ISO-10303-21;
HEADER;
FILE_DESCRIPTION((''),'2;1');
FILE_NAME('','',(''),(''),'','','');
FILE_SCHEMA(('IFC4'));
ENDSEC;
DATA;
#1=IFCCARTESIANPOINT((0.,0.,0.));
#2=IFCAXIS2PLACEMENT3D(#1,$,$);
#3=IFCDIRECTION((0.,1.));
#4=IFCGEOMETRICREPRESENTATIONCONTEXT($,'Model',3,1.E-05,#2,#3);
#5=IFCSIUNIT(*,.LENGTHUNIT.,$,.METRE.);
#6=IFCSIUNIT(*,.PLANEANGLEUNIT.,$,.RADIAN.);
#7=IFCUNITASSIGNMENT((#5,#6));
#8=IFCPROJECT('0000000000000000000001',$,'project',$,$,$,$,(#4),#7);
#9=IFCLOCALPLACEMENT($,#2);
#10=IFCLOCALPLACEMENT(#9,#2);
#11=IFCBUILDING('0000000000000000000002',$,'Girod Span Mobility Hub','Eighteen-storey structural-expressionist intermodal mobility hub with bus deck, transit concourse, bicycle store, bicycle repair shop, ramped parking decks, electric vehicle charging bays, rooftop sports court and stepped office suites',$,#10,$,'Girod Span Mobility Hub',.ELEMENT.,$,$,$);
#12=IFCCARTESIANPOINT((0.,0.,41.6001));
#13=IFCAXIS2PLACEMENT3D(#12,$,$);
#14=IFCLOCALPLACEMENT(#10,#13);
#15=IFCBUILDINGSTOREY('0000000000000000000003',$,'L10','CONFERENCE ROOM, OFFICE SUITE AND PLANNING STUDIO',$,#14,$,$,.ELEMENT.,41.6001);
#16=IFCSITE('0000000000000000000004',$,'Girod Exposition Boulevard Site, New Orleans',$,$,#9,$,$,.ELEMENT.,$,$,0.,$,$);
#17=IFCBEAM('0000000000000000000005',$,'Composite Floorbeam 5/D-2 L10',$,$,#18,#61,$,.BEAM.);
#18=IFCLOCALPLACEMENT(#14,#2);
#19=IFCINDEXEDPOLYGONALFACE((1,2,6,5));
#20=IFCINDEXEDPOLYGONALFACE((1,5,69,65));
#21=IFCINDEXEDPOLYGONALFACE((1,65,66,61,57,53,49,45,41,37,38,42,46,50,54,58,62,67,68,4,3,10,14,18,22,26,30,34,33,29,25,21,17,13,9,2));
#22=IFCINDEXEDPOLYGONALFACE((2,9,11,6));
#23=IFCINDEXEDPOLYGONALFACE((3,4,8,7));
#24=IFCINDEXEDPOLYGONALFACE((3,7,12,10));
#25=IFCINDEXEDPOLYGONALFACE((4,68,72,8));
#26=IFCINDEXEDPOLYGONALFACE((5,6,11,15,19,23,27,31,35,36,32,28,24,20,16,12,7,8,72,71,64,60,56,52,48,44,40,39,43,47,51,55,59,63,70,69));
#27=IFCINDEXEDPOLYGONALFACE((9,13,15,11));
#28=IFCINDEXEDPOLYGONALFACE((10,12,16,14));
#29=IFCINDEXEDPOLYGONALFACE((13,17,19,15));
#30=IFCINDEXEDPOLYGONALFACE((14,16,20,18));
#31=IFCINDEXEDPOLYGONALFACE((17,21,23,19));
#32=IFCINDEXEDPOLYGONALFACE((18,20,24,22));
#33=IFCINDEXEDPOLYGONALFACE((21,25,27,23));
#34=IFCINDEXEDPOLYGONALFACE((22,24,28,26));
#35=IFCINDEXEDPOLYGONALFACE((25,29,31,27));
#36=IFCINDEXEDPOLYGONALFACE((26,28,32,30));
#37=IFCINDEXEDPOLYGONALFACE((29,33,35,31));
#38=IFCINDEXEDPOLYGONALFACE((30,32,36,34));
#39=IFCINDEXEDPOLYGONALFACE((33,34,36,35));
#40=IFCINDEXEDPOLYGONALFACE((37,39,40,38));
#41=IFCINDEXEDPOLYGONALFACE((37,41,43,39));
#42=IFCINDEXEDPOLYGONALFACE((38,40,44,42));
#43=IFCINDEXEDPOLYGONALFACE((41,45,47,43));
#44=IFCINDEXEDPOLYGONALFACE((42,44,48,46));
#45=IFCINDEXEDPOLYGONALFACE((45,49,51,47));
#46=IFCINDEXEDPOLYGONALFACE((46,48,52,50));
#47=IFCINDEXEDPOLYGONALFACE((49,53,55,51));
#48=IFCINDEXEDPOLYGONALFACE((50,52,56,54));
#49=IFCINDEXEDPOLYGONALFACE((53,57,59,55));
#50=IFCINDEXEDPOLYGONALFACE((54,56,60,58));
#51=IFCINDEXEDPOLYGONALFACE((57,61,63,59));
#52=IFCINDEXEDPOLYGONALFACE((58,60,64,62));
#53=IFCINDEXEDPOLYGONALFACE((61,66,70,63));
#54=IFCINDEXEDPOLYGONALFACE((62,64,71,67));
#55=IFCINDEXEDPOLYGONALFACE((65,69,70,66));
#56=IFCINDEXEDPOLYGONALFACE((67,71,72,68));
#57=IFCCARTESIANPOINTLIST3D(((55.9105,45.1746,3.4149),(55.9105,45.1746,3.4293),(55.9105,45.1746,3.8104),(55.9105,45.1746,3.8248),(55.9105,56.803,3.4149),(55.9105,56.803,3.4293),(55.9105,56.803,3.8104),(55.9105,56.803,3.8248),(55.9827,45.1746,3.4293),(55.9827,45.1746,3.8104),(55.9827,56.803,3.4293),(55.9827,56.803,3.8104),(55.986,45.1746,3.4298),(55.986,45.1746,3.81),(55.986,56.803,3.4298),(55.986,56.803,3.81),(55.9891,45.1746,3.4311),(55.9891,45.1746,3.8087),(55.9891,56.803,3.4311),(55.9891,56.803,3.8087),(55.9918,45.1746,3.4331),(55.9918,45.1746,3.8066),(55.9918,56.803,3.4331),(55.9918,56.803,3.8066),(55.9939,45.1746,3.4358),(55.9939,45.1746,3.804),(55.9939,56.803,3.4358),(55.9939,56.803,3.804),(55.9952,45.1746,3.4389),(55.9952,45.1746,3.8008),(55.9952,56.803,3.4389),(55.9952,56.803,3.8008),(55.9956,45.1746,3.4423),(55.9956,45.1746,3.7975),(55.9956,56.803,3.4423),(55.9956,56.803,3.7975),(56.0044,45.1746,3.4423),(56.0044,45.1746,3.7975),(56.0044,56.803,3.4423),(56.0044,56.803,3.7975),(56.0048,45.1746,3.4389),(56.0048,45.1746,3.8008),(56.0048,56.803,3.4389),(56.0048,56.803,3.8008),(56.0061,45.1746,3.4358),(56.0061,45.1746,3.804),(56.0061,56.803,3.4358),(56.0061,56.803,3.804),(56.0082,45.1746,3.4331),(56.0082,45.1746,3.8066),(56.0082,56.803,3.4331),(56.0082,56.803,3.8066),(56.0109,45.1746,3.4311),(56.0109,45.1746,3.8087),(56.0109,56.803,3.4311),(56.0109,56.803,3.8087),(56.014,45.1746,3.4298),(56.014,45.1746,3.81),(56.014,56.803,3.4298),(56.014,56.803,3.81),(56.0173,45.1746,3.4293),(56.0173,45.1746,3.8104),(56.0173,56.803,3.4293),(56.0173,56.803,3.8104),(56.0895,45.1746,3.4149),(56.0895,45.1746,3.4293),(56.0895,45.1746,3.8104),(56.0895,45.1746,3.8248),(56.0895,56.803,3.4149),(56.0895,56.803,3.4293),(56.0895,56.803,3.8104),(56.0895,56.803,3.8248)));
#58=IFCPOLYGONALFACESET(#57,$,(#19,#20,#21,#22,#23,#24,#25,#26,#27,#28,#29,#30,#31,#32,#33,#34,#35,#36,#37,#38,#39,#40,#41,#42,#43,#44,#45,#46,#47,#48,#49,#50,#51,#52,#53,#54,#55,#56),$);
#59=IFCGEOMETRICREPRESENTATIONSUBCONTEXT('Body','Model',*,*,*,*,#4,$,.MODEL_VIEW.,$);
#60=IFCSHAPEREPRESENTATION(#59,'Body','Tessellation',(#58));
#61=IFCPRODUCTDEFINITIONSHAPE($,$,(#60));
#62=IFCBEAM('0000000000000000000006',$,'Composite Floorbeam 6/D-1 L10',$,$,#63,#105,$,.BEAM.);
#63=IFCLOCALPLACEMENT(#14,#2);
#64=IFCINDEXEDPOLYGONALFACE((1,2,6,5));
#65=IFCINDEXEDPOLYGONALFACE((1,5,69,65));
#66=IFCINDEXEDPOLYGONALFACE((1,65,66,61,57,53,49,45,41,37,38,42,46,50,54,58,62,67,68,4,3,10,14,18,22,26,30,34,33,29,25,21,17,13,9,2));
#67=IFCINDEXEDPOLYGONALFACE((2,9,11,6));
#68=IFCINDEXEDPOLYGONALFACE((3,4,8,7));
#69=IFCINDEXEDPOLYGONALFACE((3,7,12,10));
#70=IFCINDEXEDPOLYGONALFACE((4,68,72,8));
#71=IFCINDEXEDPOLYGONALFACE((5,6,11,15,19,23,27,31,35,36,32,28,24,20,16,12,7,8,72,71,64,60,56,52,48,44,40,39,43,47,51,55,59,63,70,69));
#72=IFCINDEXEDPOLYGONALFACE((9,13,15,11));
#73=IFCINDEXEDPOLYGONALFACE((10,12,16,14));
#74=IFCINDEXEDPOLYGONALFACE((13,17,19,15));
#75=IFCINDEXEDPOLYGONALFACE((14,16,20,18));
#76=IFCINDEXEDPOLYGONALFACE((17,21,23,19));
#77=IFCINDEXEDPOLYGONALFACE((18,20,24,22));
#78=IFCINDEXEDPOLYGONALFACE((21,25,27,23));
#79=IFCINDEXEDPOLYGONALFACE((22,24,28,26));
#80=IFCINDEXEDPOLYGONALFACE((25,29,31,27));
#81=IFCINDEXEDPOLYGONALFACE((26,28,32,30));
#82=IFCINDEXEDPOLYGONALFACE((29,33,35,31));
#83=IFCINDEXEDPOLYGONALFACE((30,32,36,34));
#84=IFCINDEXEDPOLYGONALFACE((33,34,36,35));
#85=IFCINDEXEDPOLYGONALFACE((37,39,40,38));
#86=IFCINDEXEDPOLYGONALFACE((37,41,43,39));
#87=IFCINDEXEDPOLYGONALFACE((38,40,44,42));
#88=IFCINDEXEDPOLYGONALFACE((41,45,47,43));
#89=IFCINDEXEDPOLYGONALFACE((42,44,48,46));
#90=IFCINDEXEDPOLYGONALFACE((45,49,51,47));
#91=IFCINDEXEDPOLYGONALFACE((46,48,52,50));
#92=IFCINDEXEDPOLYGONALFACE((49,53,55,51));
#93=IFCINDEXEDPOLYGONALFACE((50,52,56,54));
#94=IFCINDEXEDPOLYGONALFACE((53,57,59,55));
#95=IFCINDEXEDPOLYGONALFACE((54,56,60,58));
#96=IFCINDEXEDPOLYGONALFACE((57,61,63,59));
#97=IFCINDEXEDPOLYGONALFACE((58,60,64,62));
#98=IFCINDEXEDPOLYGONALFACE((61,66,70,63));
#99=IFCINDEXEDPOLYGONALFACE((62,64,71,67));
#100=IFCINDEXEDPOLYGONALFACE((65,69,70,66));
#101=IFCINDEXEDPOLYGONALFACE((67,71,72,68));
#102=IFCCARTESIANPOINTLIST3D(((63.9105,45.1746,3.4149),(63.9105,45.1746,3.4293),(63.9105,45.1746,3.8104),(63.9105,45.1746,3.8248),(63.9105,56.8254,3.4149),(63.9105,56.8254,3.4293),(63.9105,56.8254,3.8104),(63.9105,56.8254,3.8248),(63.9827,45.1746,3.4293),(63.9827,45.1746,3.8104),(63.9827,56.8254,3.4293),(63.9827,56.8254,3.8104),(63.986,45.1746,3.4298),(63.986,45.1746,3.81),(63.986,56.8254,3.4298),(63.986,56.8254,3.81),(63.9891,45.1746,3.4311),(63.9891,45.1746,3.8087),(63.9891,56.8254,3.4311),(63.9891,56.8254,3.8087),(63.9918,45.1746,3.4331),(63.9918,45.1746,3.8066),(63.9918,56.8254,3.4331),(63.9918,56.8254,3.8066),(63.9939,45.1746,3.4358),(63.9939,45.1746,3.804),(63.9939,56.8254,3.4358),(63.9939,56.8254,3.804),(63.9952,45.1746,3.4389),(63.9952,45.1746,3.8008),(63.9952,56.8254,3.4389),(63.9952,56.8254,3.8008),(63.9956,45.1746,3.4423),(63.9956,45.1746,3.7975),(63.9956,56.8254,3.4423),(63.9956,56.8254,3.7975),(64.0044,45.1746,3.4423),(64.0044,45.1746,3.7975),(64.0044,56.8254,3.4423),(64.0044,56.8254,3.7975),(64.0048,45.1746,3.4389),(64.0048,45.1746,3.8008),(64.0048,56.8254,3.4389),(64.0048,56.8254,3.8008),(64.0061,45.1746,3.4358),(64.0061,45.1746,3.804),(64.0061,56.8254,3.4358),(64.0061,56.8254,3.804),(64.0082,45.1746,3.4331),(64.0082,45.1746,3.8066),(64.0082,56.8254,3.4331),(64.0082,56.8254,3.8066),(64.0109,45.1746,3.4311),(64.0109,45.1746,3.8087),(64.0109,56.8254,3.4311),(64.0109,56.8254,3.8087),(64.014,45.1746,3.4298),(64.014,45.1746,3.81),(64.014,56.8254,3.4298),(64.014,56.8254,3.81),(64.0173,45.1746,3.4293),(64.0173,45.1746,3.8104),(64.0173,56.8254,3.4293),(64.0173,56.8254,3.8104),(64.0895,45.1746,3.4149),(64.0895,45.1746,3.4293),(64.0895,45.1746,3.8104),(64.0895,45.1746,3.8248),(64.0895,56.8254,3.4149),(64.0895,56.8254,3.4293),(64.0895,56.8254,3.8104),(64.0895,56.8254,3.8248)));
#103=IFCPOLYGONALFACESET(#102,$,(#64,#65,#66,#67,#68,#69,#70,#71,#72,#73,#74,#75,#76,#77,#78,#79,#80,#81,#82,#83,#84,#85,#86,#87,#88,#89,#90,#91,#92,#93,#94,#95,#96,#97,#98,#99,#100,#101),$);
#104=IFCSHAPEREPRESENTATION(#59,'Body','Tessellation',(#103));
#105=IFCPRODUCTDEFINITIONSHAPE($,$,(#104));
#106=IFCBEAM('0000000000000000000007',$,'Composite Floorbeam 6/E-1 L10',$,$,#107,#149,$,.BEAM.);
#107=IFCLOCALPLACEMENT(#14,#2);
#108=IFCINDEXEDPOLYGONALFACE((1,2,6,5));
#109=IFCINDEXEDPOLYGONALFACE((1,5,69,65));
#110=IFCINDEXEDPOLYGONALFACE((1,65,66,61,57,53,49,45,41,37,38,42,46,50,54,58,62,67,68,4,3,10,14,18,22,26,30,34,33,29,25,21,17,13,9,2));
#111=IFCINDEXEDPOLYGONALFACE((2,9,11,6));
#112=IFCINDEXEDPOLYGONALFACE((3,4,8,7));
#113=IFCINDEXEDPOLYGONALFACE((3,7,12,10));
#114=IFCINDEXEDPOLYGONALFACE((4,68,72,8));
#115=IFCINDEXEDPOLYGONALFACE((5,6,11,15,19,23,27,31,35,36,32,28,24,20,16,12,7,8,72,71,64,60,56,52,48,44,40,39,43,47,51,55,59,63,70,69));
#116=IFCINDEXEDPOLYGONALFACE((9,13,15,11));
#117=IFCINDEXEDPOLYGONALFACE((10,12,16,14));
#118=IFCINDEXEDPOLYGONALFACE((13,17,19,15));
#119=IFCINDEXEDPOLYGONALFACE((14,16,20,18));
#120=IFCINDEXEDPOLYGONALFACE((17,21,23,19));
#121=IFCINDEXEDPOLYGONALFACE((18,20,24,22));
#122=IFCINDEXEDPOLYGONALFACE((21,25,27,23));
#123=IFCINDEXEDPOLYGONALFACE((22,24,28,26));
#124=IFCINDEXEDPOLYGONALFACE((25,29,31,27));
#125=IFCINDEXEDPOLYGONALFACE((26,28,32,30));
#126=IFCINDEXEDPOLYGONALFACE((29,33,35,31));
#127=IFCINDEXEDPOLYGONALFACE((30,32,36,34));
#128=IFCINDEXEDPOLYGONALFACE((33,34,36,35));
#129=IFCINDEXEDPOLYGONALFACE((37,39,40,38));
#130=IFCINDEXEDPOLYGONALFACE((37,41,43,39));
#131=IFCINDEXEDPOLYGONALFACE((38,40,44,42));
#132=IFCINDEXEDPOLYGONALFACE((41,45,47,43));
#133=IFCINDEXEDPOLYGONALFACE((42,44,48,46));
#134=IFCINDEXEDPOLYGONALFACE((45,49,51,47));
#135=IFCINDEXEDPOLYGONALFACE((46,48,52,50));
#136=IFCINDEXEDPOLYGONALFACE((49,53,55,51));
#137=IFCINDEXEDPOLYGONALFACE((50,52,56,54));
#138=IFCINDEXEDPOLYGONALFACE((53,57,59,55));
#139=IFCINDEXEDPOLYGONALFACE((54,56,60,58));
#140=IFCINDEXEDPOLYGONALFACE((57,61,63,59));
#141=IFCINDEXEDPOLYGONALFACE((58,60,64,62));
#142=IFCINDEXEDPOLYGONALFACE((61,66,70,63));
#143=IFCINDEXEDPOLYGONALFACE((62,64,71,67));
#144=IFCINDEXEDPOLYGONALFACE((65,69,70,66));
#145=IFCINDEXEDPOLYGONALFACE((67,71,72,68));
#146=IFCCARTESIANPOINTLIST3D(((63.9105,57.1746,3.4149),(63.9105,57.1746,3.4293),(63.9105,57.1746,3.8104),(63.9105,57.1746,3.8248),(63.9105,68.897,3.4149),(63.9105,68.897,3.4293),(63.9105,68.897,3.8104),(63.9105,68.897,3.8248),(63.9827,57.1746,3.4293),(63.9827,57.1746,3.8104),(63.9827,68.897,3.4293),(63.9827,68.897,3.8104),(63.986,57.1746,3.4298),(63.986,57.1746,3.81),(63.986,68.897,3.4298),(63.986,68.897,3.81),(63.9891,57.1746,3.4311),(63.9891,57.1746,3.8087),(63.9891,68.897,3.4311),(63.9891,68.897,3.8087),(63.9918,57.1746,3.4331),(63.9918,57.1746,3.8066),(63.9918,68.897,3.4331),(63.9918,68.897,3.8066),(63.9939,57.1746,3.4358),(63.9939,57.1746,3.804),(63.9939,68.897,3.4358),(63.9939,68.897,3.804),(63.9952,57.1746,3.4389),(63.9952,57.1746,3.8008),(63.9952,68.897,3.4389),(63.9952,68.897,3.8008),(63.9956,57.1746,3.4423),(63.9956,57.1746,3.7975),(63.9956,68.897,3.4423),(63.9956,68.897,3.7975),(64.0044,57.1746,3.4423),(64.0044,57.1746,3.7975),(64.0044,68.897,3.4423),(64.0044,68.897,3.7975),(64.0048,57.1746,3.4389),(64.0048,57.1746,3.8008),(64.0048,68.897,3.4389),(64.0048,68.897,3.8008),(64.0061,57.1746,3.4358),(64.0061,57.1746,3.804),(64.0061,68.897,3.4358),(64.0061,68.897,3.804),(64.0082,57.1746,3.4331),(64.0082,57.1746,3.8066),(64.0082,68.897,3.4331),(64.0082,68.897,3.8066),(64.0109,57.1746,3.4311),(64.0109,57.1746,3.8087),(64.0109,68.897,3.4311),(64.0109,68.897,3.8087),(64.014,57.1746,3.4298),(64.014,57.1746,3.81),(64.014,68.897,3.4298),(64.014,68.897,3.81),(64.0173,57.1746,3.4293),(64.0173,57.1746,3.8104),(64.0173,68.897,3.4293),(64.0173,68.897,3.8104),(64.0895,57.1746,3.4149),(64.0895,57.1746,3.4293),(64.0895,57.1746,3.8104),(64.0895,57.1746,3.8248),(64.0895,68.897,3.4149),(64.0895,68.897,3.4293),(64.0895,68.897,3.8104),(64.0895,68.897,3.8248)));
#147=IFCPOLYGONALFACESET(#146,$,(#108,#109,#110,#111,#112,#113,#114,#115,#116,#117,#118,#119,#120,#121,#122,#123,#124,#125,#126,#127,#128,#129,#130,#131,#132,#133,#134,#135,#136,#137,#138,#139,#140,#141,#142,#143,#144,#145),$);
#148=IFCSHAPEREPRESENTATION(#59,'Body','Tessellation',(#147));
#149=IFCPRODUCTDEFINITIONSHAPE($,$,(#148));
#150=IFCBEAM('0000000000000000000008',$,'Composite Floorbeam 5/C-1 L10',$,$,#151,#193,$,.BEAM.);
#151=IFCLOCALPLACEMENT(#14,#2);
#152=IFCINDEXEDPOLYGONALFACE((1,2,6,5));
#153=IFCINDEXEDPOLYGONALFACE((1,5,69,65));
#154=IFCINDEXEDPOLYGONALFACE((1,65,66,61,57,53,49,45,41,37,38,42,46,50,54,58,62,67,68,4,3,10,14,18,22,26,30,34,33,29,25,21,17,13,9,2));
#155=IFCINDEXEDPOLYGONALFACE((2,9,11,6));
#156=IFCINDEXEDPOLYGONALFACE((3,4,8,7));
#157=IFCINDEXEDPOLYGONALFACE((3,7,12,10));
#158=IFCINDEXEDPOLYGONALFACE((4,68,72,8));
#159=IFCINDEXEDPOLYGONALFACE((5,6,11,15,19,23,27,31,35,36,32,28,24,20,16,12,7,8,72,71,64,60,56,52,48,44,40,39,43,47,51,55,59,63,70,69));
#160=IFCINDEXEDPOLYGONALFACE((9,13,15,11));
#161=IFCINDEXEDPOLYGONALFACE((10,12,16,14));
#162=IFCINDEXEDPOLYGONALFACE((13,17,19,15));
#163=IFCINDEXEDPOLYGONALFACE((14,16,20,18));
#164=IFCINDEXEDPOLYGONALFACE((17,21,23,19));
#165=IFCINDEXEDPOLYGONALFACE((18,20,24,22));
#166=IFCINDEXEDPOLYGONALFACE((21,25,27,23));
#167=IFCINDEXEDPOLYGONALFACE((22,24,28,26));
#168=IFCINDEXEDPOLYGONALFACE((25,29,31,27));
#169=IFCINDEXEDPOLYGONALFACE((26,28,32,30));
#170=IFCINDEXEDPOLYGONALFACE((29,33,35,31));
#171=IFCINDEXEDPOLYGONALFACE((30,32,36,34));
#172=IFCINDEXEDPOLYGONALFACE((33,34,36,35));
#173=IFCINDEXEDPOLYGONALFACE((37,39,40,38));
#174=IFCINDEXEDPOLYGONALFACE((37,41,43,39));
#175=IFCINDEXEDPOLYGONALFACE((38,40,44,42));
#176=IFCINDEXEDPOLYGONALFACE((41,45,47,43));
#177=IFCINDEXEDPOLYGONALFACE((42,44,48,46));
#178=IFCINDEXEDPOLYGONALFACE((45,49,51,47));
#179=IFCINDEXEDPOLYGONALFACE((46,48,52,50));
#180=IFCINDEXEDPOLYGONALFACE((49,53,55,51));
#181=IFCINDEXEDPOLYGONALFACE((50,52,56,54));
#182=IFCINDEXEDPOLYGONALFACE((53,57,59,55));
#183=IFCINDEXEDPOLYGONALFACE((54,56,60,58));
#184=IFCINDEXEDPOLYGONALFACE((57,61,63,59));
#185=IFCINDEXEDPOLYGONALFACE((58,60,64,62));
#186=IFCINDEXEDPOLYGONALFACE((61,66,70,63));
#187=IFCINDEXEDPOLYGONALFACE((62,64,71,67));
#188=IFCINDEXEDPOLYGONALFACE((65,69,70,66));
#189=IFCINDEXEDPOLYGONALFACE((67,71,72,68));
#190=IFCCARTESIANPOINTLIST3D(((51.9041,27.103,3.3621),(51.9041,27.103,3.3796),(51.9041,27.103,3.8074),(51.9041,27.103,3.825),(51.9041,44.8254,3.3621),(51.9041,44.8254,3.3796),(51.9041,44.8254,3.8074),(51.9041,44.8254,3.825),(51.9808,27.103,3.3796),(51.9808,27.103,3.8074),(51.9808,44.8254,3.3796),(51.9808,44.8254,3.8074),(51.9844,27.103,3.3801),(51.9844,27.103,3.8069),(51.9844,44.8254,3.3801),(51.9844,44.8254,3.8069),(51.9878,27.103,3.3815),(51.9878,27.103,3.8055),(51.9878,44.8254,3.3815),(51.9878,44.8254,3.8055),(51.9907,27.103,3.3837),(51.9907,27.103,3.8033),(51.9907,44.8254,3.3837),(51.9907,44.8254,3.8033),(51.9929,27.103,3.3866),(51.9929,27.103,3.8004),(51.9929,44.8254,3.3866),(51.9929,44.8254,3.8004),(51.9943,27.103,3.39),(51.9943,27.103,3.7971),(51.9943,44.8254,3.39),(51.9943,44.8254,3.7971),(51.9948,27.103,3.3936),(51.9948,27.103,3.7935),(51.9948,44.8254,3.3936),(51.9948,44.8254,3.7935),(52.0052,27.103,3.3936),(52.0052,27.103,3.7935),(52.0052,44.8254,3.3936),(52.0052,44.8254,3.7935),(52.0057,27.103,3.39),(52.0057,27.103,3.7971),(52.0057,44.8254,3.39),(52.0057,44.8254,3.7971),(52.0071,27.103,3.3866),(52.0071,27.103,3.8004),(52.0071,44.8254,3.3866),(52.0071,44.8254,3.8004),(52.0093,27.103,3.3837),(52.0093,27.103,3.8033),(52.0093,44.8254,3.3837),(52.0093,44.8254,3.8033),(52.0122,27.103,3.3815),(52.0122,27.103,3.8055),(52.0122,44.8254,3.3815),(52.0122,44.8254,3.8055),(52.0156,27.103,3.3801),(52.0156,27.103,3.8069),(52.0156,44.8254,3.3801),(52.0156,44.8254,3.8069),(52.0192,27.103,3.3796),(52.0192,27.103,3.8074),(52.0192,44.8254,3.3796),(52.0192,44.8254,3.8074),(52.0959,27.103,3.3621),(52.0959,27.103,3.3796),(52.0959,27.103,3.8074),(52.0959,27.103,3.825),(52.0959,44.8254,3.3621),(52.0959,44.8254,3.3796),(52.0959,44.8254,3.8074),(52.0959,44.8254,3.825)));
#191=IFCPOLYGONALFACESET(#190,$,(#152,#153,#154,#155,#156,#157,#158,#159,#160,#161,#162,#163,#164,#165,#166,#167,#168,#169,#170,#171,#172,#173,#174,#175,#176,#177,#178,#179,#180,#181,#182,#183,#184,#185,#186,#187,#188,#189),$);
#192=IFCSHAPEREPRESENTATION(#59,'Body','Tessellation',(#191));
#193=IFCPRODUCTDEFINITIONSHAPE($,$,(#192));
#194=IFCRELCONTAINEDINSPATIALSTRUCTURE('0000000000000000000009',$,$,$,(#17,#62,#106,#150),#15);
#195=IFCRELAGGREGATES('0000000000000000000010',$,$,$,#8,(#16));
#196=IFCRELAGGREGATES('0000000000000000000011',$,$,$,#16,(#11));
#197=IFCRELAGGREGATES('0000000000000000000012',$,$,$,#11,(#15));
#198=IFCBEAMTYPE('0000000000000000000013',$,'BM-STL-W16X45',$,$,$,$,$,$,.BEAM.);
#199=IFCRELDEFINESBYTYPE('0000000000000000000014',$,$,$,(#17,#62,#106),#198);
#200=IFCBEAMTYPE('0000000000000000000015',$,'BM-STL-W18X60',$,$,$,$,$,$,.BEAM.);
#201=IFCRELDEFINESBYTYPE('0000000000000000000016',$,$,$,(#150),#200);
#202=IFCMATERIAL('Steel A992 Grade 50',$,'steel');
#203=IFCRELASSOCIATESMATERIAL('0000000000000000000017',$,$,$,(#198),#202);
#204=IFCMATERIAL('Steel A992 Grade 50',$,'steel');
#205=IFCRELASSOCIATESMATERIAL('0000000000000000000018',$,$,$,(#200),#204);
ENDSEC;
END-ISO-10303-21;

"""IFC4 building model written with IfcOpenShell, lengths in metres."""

from ifc_helpers import new_model, si_unit, direction, frame, origin, origin_2d, place, context, subcontext, project, spatial, i_section, extrude, material, material_profile, profile_set, type_object, element, save


model = new_model("IFC4")

# Units and contexts
model_context = context("Model", 3, precision=1e-05, world=origin(), true_north=direction((0.0, 1.0)))
body_context = subcontext(model_context, "Body", "Model", "MODEL_VIEW")
ifc_project = project(units=[si_unit("LENGTHUNIT", "METRE"), si_unit("PLANEANGLEUNIT", "RADIAN")], contexts=[model_context])

# Site, building, storey
site_placement = place(None, origin())
site = spatial("IfcSite", under=ifc_project, at=site_placement, Name="Girod Exposition Boulevard Site, New Orleans", CompositionType="ELEMENT", RefElevation=0.0)
building_placement = place(site_placement, origin())
building = spatial("IfcBuilding", under=site, at=building_placement, Name="Girod Span Mobility Hub", Description="Eighteen-storey structural-expressionist intermodal mobility hub with bus deck, transit concourse, bicycle store, bicycle repair shop, ramped parking decks, electric vehicle charging bays, rooftop sports court and stepped office suites", LongName="Girod Span Mobility Hub", CompositionType="ELEMENT")
storey_placement = place(building_placement, frame((0.0, 0.0, 41.6001)))
storey = spatial("IfcBuildingStorey", under=building, at=storey_placement, Name="L10", Description="CONFERENCE ROOM, OFFICE SUITE AND PLANNING STUDIO", CompositionType="ELEMENT", Elevation=41.6001)

# Beams
ifc_material_1 = material(Name="Steel A992 Grade 50", Category="steel")
ifc_material_profile_1 = material_profile(ifc_material_1, i_section(OverallWidth=0.179, OverallDepth=0.4099, WebThickness=0.0088, FlangeThickness=0.0144, FilletRadius=0.0129, at=origin_2d()), Name="W16X45")
ifc_profile_set_1 = profile_set([ifc_material_profile_1], Name="Steel A992 Grade 50")
beam_type_1 = type_object("IfcBeamType", Name="BM-STL-W16X45", PredefinedType="BEAM", material=ifc_profile_set_1)
for number, where, z_axis, x_axis, name in (
    (1, (56.0, 45.1746, 3.6199), (0.0, 1.0, 0.0), (-1.0, 0.0, 0.0), "Composite Floorbeam 5/D-2 L10"),
):
    element("IfcBeam", number, at=place(storey_placement, frame(where, z_axis=z_axis, x_axis=x_axis)), inside=storey, type_object=beam_type_1, Name=name, PredefinedType="BEAM", context=body_context, shape_type="SweptSolid", body=[
        extrude(i_section(OverallWidth=0.179, OverallDepth=0.4099, WebThickness=0.0088, FlangeThickness=0.0144, FilletRadius=0.0129, at=origin_2d()), origin(), (0.0, 0.0, 1.0), 11.6284),
    ])
beam_1_placement = place(storey_placement, frame((64.0, 45.1746, 3.6199), z_axis=(0.0, 1.0, 0.0), x_axis=(-1.0, 0.0, 0.0)))
element("IfcBeam", 2, at=beam_1_placement, inside=storey, type_object=beam_type_1, Name="Composite Floorbeam 6/D-1 L10", PredefinedType="BEAM", context=body_context, shape_type="SweptSolid", body=[
    extrude(i_section(OverallWidth=0.179, OverallDepth=0.4099, WebThickness=0.0088, FlangeThickness=0.0144, FilletRadius=0.0129, at=origin_2d()), origin(), (0.0, 0.0, 1.0), 11.6509),
])
beam_2_placement = place(storey_placement, frame((64.0, 57.1746, 3.6199), z_axis=(0.0, 1.0, 0.0), x_axis=(-1.0, 0.0, 0.0)))
element("IfcBeam", 3, at=beam_2_placement, inside=storey, type_object=beam_type_1, Name="Composite Floorbeam 6/E-1 L10", PredefinedType="BEAM", context=body_context, shape_type="SweptSolid", body=[
    extrude(i_section(OverallWidth=0.179, OverallDepth=0.4099, WebThickness=0.0088, FlangeThickness=0.0144, FilletRadius=0.0129, at=origin_2d()), origin(), (0.0, 0.0, 1.0), 11.7224),
])
ifc_material_2 = material(Name="Steel A992 Grade 50", Category="steel")
ifc_material_profile_2 = material_profile(ifc_material_2, i_section(OverallWidth=0.1919, OverallDepth=0.4629, WebThickness=0.0105, FlangeThickness=0.0176, FilletRadius=0.0139, at=origin_2d()), Name="W18X60")
ifc_profile_set_2 = profile_set([ifc_material_profile_2], Name="Steel A992 Grade 50")
beam_type_2 = type_object("IfcBeamType", Name="BM-STL-W18X60", PredefinedType="BEAM", material=ifc_profile_set_2)
for number, where, z_axis, x_axis, name in (
    (4, (52.0, 27.103, 3.5935), (0.0, 1.0, 0.0), (-1.0, 0.0, 0.0), "Composite Floorbeam 5/C-1 L10"),
):
    element("IfcBeam", number, at=place(storey_placement, frame(where, z_axis=z_axis, x_axis=x_axis)), inside=storey, type_object=beam_type_2, Name=name, PredefinedType="BEAM", context=body_context, shape_type="SweptSolid", body=[
        extrude(i_section(OverallWidth=0.1919, OverallDepth=0.4629, WebThickness=0.0105, FlangeThickness=0.0176, FilletRadius=0.0139, at=origin_2d()), origin(), (0.0, 0.0, 1.0), 17.7224),
    ])

save(model, "model.ifc")
